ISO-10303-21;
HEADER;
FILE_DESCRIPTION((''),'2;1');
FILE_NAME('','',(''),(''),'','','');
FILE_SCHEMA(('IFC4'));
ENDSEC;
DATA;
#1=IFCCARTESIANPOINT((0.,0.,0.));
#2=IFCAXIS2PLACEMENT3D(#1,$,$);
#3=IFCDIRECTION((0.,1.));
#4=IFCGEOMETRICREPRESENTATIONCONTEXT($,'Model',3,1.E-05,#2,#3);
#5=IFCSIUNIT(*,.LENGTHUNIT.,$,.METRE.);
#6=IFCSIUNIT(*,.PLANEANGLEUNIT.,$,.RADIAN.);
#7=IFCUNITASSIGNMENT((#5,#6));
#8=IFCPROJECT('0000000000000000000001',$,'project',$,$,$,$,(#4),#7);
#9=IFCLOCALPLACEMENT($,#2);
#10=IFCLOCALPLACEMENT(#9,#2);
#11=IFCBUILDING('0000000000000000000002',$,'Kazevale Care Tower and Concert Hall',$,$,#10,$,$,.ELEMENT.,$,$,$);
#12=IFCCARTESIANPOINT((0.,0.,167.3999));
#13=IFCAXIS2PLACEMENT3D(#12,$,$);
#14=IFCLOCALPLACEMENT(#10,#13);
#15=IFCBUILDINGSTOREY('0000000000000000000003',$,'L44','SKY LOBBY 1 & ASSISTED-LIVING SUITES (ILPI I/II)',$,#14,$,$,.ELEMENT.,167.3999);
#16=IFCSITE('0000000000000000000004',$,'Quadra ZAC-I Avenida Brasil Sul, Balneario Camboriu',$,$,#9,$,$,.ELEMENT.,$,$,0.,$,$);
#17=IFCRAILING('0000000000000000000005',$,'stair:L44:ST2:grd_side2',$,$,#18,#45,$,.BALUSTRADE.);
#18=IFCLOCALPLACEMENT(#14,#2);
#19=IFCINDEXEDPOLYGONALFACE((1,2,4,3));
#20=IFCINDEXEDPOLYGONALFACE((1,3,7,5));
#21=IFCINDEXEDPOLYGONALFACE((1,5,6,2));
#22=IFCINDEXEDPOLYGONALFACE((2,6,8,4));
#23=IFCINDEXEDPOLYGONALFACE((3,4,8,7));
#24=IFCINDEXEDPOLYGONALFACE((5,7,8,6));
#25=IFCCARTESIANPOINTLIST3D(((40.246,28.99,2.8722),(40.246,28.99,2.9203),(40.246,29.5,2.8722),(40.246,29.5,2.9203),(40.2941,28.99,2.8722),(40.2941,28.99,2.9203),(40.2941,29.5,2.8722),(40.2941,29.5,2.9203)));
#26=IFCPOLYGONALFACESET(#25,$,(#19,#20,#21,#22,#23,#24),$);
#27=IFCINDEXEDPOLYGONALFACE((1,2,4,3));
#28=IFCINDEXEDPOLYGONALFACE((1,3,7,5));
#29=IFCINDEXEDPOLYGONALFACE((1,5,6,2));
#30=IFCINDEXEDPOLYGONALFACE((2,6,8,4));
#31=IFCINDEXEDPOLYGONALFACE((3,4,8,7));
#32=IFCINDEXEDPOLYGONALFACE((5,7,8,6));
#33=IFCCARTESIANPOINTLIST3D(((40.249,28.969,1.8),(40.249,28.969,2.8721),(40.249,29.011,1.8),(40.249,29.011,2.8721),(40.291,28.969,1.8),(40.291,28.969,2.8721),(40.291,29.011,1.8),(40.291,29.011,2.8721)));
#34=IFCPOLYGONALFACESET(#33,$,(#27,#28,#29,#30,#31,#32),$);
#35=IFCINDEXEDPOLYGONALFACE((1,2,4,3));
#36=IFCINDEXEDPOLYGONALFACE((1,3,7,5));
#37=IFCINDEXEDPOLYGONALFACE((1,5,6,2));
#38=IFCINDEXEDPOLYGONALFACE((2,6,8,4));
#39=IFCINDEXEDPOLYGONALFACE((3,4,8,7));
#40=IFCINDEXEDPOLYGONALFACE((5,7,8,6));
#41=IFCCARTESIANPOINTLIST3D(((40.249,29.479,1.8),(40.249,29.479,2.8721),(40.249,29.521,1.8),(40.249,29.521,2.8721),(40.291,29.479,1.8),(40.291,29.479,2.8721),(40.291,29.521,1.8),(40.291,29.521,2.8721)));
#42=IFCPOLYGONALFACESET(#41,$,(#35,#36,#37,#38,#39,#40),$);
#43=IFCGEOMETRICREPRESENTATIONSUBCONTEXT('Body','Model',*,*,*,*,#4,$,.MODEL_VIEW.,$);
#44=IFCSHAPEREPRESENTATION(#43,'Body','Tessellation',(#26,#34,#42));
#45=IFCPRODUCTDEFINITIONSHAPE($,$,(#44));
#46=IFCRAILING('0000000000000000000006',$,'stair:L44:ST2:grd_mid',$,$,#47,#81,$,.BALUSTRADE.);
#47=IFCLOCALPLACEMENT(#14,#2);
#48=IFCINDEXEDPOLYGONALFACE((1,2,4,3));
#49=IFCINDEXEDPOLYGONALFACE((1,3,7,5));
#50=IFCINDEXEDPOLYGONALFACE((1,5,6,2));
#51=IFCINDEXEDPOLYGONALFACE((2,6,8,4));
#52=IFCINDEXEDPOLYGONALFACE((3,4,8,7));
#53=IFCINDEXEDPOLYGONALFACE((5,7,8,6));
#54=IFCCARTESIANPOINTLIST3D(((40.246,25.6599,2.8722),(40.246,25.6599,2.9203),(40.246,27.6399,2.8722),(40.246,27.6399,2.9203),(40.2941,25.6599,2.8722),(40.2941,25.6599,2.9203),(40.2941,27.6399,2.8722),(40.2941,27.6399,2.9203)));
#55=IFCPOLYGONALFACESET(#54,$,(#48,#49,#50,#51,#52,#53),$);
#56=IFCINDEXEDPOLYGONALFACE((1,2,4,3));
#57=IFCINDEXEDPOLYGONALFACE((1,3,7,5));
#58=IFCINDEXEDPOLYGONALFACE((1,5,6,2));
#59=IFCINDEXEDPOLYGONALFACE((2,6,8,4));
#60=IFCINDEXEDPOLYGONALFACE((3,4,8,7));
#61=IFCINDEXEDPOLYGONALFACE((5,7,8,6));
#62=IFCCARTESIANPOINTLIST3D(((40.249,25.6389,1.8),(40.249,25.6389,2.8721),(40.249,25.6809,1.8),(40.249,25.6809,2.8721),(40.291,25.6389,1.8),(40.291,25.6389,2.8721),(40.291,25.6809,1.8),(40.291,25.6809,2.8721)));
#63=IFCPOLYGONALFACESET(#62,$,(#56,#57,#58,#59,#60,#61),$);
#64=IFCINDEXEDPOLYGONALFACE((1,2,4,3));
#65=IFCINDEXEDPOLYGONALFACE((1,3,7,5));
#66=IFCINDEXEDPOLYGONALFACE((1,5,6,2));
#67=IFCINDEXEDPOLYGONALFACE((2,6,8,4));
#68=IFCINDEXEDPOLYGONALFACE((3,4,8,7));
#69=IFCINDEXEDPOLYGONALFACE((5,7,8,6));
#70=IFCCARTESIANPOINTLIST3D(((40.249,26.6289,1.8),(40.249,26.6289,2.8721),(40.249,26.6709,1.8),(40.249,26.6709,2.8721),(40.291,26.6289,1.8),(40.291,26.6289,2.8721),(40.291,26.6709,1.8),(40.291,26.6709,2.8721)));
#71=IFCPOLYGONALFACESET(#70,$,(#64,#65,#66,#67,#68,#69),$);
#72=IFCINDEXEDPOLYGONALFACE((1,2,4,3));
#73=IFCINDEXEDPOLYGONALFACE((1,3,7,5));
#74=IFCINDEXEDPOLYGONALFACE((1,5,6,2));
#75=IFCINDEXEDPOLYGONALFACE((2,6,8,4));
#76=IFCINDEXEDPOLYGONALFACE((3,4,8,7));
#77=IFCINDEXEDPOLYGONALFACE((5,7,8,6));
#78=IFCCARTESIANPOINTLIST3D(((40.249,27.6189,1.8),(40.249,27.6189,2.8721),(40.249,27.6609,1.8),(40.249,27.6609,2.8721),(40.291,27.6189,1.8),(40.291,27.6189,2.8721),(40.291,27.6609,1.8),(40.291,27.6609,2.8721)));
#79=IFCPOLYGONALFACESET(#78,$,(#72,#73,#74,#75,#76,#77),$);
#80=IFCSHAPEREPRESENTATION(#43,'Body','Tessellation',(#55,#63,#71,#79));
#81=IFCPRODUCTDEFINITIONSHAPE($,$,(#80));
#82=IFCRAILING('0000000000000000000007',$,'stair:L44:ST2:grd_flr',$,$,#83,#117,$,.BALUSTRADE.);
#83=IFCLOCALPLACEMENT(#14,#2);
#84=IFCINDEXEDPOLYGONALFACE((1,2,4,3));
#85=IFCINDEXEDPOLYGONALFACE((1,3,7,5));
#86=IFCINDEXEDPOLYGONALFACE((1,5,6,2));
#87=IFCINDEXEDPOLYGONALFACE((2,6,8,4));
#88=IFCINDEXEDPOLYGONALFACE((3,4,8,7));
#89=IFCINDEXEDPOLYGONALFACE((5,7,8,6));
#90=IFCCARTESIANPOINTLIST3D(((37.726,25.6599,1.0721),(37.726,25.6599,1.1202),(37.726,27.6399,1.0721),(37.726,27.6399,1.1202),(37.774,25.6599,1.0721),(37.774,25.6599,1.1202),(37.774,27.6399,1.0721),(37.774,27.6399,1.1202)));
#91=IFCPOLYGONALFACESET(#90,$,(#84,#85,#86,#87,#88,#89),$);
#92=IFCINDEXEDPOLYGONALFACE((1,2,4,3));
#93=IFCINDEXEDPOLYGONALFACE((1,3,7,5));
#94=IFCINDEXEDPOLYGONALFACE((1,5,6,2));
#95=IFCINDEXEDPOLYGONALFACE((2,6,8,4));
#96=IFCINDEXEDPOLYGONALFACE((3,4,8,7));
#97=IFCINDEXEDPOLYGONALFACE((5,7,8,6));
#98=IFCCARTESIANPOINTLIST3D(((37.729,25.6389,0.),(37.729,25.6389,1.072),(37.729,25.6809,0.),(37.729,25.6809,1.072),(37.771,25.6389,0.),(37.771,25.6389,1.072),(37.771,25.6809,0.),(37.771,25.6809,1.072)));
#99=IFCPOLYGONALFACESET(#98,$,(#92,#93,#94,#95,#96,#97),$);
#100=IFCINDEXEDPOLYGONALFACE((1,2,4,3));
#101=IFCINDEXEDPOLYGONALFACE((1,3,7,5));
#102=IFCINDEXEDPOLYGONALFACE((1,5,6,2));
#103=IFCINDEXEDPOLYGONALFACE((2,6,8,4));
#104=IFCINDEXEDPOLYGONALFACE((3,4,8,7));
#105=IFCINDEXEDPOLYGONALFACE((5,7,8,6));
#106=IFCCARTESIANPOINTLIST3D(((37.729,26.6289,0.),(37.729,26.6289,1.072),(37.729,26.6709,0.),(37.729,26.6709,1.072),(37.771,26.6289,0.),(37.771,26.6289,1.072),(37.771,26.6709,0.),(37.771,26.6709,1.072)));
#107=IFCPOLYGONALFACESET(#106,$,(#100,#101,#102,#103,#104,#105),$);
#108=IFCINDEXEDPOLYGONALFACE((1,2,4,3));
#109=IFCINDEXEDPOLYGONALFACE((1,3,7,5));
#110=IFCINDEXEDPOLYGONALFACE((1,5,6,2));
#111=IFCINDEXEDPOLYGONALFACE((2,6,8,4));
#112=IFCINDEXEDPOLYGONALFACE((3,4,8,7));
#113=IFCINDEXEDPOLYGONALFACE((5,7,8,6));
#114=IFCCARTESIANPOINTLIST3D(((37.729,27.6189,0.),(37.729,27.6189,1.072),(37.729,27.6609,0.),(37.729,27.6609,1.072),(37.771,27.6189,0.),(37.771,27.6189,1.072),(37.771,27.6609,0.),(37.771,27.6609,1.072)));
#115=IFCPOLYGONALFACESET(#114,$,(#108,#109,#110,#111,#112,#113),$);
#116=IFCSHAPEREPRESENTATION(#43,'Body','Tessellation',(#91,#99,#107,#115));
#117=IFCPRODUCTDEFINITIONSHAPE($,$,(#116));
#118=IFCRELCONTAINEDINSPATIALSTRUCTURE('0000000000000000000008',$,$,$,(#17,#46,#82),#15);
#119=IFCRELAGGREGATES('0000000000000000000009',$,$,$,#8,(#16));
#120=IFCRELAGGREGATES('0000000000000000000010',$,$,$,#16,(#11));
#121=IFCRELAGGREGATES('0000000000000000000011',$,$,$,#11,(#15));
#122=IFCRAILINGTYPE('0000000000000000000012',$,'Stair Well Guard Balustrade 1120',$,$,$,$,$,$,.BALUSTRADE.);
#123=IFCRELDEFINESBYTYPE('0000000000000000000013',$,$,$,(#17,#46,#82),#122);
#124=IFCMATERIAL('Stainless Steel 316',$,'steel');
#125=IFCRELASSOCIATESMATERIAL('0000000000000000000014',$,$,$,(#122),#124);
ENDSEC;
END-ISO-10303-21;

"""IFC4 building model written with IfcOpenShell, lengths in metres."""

from ifc_helpers import new_model, si_unit, direction, frame, origin, origin_2d, place, context, subcontext, project, spatial, rectangle, extrude, material, type_object, element, save


model = new_model("IFC4")

# Units and contexts
model_context = context("Model", 3, precision=1e-05, world=origin(), true_north=direction((0.0, 1.0)))
body_context = subcontext(model_context, "Body", "Model", "MODEL_VIEW")
ifc_project = project(units=[si_unit("LENGTHUNIT", "METRE"), si_unit("PLANEANGLEUNIT", "RADIAN")], contexts=[model_context])

# Site, building, storey
site_placement = place(None, origin())
site = spatial("IfcSite", under=ifc_project, at=site_placement, Name="Quadra ZAC-I Avenida Brasil Sul, Balneario Camboriu", CompositionType="ELEMENT", RefElevation=0.0)
building_placement = place(site_placement, origin())
building = spatial("IfcBuilding", under=site, at=building_placement, Name="Kazevale Care Tower and Concert Hall", CompositionType="ELEMENT")
storey_placement = place(building_placement, frame((0.0, 0.0, 167.3999)))
storey = spatial("IfcBuildingStorey", under=building, at=storey_placement, Name="L44", Description="SKY LOBBY 1 & ASSISTED-LIVING SUITES (ILPI I/II)", CompositionType="ELEMENT", Elevation=167.3999)

# Railings
ifc_material_1 = material(Name="Stainless Steel 316", Category="steel")
railing_type_1 = type_object("IfcRailingType", Name="Stair Well Guard Balustrade 1120", PredefinedType="BALUSTRADE", material=ifc_material_1)
railing_1_placement = place(storey_placement, frame((40.27, 28.99, 1.8)))
element("IfcRailing", 1, at=railing_1_placement, inside=storey, type_object=railing_type_1, Name="stair:L44:ST2:grd_side2", PredefinedType="BALUSTRADE", context=body_context, shape_type="SweptSolid", body=[
    extrude(rectangle(XDim=0.0481, YDim=0.0481, at=origin_2d()), frame((0.0, 0.0, 1.0962), z_axis=(0.0, 1.0, 0.0), x_axis=(-1.0, 0.0, 0.0)), (0.0, 0.0, 1.0), 0.51),
    extrude(rectangle(XDim=0.042, YDim=0.042, at=origin_2d()), origin(), (0.0, 0.0, 1.0), 1.072),
    extrude(rectangle(XDim=0.042, YDim=0.042, at=origin_2d()), frame((0.0, 0.51, 0.0)), (0.0, 0.0, 1.0), 1.072),
])
for number, where, name in (
    (2, (40.27, 25.6599, 1.8), "stair:L44:ST2:grd_mid"),
    (3, (37.75, 25.6599, 0.0), "stair:L44:ST2:grd_flr"),
):
    element("IfcRailing", number, at=place(storey_placement, frame(where)), inside=storey, type_object=railing_type_1, Name=name, PredefinedType="BALUSTRADE", context=body_context, shape_type="SweptSolid", body=[
        extrude(rectangle(XDim=0.0481, YDim=0.0481, at=origin_2d()), frame((0.0, 0.0, 1.0962), z_axis=(0.0, 1.0, 0.0), x_axis=(-1.0, 0.0, 0.0)), (0.0, 0.0, 1.0), 1.98),
        extrude(rectangle(XDim=0.042, YDim=0.042, at=origin_2d()), origin(), (0.0, 0.0, 1.0), 1.072),
        extrude(rectangle(XDim=0.042, YDim=0.042, at=origin_2d()), frame((0.0, 0.99, 0.0)), (0.0, 0.0, 1.0), 1.072),
        extrude(rectangle(XDim=0.042, YDim=0.042, at=origin_2d()), frame((0.0, 1.98, 0.0)), (0.0, 0.0, 1.0), 1.072),
    ])

save(model, "model.ifc")
